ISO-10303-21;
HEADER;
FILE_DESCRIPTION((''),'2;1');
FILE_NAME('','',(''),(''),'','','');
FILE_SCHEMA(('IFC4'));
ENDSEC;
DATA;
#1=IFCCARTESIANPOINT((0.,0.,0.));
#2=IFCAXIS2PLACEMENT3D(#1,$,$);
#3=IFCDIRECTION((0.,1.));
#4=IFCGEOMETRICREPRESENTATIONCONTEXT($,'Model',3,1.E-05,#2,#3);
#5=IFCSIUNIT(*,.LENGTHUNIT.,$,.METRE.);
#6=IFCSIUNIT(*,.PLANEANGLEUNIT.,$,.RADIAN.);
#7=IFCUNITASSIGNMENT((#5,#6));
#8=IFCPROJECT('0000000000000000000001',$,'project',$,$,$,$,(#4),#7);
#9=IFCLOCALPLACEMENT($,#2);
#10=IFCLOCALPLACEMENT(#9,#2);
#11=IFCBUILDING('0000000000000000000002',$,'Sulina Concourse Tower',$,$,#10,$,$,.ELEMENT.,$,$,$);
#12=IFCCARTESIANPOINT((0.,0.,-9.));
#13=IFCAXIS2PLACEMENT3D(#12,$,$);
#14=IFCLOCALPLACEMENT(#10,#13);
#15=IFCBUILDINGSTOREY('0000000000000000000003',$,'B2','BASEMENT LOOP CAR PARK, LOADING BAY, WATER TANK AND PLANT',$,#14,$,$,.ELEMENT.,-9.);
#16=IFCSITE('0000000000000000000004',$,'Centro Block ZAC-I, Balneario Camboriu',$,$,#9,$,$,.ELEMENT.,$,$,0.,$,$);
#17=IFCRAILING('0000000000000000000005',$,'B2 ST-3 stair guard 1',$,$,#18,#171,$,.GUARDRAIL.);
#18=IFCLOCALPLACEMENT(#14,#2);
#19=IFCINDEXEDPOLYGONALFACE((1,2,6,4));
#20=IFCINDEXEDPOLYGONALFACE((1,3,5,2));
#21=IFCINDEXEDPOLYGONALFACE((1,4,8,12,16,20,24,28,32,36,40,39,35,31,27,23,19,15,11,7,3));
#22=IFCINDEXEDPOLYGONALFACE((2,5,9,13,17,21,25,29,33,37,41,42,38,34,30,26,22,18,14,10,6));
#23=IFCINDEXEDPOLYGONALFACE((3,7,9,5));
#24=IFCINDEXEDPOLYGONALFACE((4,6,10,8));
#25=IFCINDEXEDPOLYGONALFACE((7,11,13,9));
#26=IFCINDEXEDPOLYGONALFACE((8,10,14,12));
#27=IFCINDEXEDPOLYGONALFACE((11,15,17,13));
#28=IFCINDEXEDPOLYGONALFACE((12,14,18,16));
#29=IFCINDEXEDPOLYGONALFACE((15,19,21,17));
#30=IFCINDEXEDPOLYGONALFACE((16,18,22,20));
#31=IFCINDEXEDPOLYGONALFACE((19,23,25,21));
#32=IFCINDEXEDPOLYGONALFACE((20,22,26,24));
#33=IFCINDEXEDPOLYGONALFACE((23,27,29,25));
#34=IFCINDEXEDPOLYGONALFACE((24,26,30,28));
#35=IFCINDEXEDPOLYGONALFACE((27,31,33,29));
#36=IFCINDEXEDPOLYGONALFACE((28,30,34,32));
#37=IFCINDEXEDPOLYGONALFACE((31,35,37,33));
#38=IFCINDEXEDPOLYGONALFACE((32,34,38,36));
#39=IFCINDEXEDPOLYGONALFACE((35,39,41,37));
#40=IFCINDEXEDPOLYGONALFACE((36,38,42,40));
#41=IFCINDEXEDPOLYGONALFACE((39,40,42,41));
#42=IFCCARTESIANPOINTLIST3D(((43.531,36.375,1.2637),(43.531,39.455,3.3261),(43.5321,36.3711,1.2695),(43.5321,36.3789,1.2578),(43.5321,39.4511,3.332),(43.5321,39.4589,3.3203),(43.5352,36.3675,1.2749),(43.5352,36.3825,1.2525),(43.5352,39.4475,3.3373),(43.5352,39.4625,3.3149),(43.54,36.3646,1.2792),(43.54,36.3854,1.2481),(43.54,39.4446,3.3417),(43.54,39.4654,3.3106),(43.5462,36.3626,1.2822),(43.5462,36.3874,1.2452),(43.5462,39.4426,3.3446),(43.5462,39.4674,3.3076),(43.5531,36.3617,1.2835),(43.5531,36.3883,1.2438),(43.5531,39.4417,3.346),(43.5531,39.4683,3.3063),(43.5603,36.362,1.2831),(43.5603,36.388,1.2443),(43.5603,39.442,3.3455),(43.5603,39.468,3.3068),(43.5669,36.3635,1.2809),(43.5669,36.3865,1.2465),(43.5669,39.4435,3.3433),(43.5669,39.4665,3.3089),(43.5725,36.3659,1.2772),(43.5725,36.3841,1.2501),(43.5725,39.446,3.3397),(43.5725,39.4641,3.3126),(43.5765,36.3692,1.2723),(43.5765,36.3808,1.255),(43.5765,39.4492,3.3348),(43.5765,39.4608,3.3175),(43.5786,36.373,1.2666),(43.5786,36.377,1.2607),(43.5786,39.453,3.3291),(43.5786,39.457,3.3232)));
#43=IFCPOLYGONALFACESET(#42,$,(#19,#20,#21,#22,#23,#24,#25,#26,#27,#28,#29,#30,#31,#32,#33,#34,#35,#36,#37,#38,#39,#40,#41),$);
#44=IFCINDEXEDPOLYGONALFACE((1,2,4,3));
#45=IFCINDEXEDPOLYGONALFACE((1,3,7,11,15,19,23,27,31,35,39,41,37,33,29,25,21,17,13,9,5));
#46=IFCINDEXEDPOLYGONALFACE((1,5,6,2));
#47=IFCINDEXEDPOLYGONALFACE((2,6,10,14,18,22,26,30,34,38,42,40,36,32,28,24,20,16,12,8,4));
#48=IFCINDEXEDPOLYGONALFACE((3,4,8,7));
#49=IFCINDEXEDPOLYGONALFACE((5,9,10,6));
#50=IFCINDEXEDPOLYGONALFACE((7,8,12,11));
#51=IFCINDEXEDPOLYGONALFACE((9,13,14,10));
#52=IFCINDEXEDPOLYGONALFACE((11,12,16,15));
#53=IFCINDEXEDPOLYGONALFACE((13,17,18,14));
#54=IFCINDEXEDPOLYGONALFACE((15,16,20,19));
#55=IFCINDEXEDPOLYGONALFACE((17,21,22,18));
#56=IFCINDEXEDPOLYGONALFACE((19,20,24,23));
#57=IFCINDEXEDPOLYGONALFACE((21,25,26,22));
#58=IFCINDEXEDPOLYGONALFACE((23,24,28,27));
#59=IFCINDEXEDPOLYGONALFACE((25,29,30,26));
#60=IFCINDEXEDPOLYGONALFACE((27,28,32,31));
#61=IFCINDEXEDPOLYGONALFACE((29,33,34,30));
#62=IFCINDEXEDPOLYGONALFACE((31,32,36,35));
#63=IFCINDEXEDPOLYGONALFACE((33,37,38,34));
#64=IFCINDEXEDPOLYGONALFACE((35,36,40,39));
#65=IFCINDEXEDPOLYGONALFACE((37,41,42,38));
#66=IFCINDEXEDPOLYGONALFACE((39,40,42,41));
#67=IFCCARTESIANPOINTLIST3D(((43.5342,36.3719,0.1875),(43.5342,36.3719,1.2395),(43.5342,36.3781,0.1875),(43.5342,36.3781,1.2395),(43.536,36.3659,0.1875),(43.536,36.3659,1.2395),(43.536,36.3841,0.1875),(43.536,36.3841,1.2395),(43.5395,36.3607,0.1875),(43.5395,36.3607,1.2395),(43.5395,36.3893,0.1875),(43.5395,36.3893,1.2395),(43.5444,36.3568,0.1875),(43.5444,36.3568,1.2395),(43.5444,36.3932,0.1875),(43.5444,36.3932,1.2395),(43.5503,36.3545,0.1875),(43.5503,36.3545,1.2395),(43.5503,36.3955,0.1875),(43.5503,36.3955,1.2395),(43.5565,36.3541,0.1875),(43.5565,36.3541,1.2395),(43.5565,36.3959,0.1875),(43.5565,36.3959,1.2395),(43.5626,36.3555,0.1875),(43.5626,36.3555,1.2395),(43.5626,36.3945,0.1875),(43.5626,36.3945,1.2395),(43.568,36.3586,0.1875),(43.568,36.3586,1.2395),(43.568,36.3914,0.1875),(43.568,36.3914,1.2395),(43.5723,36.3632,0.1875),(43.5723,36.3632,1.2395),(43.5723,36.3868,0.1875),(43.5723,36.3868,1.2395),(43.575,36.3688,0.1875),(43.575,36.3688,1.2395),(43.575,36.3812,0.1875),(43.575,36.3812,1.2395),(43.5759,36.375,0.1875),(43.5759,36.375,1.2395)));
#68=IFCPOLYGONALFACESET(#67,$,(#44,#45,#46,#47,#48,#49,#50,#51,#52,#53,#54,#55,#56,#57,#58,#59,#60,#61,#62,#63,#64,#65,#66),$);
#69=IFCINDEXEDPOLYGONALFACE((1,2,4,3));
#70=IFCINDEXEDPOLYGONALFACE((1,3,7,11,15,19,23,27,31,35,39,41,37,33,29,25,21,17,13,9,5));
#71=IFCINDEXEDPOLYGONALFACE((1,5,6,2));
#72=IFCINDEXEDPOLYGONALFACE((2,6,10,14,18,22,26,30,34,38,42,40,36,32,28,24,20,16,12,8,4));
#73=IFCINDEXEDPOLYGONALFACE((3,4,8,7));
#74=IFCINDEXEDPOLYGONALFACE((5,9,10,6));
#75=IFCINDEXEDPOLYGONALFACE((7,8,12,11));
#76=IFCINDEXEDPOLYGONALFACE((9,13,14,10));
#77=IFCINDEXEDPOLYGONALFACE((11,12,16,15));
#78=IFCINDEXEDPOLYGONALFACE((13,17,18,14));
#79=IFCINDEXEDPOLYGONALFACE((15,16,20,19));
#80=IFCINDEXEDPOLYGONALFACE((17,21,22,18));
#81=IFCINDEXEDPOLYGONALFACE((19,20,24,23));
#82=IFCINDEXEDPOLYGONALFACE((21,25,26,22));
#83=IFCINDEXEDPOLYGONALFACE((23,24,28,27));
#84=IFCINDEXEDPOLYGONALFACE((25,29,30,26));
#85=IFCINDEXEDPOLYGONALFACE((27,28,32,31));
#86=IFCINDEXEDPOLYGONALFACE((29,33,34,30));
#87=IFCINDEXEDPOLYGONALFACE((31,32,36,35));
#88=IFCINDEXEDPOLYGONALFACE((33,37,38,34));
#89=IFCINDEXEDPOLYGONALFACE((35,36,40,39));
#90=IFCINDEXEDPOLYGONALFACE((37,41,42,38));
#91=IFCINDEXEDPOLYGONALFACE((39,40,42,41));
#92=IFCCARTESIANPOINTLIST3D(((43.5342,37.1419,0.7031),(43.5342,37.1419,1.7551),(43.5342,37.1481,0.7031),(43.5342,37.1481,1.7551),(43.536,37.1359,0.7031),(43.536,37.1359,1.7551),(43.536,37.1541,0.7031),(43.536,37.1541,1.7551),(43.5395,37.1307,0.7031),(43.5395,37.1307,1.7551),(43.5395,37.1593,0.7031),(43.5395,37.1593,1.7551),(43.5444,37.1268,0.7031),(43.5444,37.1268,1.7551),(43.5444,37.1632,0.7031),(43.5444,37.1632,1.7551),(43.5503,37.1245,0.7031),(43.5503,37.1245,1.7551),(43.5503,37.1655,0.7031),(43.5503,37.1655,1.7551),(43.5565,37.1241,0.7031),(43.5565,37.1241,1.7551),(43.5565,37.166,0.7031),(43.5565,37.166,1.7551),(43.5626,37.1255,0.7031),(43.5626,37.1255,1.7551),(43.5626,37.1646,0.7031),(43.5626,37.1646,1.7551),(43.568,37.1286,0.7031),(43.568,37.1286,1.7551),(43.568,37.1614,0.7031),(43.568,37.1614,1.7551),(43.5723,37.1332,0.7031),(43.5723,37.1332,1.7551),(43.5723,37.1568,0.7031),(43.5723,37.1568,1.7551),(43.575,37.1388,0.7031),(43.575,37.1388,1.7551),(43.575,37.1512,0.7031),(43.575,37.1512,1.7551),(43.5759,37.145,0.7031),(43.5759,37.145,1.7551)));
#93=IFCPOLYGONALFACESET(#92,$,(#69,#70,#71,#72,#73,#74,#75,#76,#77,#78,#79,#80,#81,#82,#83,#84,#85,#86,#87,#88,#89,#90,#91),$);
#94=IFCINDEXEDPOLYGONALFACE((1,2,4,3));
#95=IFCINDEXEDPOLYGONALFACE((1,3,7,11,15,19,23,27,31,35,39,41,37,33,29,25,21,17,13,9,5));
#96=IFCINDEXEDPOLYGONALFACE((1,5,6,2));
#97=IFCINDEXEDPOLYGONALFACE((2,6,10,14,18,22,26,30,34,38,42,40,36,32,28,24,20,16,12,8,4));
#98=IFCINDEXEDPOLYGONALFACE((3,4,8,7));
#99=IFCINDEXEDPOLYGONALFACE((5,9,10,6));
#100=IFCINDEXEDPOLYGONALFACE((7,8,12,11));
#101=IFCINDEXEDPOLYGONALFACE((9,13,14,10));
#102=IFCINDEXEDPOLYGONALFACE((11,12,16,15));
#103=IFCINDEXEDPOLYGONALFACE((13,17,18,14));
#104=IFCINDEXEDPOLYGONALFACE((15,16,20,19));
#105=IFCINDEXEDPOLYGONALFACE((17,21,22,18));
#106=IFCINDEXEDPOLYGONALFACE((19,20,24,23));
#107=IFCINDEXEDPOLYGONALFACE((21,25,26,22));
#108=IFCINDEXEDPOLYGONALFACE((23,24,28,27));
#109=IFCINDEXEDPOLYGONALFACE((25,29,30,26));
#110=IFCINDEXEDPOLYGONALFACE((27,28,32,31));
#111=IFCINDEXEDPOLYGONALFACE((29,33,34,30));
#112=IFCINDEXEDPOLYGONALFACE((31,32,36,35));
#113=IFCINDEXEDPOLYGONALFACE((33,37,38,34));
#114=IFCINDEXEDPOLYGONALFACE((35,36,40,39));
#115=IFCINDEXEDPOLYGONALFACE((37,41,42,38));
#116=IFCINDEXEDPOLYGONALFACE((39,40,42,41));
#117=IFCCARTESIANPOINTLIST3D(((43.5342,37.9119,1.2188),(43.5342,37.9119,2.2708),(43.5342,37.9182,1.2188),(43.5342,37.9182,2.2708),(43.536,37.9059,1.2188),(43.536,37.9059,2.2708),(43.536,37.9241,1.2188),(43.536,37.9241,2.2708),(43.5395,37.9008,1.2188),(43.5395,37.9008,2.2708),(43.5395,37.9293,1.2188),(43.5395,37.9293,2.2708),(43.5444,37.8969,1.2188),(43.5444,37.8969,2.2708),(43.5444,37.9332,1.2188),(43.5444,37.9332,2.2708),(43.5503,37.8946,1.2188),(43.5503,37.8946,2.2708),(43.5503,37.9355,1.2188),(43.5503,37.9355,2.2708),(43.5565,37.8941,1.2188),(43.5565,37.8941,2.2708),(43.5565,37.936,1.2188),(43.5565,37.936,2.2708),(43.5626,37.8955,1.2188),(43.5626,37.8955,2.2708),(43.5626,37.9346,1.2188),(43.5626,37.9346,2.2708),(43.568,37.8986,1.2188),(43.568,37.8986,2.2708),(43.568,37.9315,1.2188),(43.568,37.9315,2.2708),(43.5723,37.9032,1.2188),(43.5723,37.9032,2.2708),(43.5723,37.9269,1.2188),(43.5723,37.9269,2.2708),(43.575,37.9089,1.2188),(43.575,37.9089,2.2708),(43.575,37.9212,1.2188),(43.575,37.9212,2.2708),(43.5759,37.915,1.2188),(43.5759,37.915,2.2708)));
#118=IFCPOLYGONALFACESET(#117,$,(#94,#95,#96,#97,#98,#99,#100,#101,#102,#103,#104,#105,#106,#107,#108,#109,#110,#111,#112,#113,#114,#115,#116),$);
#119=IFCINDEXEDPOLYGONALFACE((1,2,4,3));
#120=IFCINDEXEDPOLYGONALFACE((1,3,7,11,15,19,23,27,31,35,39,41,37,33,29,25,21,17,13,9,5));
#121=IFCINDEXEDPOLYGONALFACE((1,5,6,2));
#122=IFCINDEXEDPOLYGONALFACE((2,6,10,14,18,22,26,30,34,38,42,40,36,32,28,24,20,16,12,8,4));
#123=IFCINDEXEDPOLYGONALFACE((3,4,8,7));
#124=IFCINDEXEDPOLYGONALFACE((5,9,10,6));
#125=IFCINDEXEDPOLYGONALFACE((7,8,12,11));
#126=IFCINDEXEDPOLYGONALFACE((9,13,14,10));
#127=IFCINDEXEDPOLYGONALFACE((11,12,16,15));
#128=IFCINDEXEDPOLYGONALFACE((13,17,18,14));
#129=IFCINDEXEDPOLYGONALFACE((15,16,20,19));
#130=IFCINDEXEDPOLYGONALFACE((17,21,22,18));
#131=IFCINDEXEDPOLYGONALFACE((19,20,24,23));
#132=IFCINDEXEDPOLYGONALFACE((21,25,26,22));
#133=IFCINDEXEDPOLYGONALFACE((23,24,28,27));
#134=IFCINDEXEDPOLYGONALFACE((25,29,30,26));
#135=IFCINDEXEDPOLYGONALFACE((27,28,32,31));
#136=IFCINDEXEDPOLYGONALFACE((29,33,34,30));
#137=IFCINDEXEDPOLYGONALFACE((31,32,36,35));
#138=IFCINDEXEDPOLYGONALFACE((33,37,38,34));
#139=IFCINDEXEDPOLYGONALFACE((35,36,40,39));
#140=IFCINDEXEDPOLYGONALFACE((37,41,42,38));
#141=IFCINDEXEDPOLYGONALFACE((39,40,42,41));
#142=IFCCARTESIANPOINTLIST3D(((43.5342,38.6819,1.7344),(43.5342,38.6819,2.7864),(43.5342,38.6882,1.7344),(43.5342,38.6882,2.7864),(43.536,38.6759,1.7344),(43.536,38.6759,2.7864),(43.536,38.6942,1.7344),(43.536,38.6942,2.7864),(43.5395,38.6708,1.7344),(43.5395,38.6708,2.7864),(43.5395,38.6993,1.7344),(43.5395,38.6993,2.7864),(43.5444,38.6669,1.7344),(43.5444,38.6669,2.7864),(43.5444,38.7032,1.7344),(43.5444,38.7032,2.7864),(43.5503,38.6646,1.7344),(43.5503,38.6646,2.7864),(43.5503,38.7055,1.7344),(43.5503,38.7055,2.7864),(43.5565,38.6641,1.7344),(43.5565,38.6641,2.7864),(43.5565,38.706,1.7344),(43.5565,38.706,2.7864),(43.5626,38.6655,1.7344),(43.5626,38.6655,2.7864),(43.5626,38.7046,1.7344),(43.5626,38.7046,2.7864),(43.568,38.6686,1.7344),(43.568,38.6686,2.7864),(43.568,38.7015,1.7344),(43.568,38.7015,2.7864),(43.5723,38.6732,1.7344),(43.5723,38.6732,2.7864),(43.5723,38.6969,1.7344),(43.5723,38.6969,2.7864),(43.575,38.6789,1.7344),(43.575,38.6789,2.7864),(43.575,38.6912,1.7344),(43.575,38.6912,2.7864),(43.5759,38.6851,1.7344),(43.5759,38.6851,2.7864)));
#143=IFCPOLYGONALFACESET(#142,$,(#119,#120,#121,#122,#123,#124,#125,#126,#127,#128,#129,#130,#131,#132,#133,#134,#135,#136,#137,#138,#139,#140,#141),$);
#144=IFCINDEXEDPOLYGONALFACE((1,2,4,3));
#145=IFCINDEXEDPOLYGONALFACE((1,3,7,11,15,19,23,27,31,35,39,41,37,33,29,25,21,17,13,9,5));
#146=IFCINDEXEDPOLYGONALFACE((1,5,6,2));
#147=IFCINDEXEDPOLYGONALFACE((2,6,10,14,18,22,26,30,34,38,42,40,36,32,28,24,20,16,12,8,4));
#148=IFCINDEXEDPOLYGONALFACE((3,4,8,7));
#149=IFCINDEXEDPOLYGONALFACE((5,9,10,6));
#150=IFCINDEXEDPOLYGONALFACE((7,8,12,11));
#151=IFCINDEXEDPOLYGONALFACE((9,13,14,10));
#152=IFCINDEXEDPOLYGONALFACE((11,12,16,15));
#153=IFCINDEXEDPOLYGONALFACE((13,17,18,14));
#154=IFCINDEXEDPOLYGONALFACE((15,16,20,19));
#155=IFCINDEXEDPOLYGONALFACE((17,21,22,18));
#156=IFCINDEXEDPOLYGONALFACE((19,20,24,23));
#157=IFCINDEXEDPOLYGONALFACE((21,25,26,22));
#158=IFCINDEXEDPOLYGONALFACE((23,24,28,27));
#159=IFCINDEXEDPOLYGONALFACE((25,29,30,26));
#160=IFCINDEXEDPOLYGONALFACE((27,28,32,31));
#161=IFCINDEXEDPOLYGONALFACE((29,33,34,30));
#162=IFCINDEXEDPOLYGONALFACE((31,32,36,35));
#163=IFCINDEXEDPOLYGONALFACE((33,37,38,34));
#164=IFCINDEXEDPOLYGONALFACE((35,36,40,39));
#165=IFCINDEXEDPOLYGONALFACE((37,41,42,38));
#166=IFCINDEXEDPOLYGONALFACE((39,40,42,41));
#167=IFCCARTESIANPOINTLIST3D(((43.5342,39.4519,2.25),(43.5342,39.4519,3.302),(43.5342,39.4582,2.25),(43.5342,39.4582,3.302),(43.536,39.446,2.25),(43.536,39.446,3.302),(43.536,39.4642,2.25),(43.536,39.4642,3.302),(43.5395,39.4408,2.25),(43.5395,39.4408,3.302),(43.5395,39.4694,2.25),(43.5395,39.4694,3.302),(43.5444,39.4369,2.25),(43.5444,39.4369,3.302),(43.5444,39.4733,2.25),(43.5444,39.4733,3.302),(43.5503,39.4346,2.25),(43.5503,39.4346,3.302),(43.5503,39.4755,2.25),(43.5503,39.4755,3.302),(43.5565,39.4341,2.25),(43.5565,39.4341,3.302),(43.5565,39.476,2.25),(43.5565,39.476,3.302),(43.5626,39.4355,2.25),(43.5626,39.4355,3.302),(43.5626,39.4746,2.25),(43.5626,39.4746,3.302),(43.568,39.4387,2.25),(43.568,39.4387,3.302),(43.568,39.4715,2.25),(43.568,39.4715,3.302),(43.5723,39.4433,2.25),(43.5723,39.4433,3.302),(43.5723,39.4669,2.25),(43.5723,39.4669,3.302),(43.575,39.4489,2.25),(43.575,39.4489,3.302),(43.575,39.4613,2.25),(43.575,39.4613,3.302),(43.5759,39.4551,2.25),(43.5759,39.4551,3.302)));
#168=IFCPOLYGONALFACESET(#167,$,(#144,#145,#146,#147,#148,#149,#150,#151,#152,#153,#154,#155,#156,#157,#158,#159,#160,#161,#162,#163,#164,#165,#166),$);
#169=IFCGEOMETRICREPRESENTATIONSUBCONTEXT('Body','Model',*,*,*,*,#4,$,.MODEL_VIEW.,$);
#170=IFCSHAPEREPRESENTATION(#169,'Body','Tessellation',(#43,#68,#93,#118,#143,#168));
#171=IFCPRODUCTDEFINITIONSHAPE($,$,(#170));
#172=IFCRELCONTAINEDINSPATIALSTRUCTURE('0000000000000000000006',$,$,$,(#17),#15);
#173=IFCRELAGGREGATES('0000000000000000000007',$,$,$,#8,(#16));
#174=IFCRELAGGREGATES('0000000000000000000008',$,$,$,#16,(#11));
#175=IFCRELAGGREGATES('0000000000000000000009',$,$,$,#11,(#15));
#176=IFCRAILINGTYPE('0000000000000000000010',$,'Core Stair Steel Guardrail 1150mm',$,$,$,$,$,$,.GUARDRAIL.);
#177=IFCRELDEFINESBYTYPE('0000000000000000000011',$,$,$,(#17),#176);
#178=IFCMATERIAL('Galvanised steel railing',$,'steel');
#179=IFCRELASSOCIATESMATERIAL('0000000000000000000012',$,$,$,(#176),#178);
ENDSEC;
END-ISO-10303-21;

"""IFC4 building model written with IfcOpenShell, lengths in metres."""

from ifc_helpers import new_model, si_unit, direction, frame, origin, origin_2d, place, context, subcontext, project, spatial, circle, extrude, material, type_object, element, save


model = new_model("IFC4")

# Units and contexts
model_context = context("Model", 3, precision=1e-05, world=origin(), true_north=direction((0.0, 1.0)))
body_context = subcontext(model_context, "Body", "Model", "MODEL_VIEW")
ifc_project = project(units=[si_unit("LENGTHUNIT", "METRE"), si_unit("PLANEANGLEUNIT", "RADIAN")], contexts=[model_context])

# Site, building, storey
site_placement = place(None, origin())
site = spatial("IfcSite", under=ifc_project, at=site_placement, Name="Centro Block ZAC-I, Balneario Camboriu", CompositionType="ELEMENT", RefElevation=0.0)
building_placement = place(site_placement, origin())
building = spatial("IfcBuilding", under=site, at=building_placement, Name="Sulina Concourse Tower", CompositionType="ELEMENT")
storey_placement = place(building_placement, frame((0.0, 0.0, -9.0)))
storey = spatial("IfcBuildingStorey", under=building, at=storey_placement, Name="B2", Description="BASEMENT LOOP CAR PARK, LOADING BAY, WATER TANK AND PLANT", CompositionType="ELEMENT", Elevation=-9.0)

# Railing
ifc_material_1 = material(Name="Galvanised steel railing", Category="steel")
railing_type_1 = type_object("IfcRailingType", Name="Core Stair Steel Guardrail 1150mm", PredefinedType="GUARDRAIL", material=ifc_material_1)
railing_1_placement = place(storey_placement, frame((43.5549, 36.375, 0.1875)))
element("IfcRailing", 1, at=railing_1_placement, inside=storey, type_object=railing_type_1, Name="B2 ST-3 stair guard 1", PredefinedType="GUARDRAIL", context=body_context, shape_type="SweptSolid", body=[
    extrude(circle(Radius=0.0239, at=origin_2d()), frame((0.0, 0.0, 1.0762), z_axis=(0.0, 0.830914, 0.556401), x_axis=(-1.0, 0.0, 0.0)), (0.0, 0.0, 1.0), 3.7068),
    extrude(circle(Radius=0.021, at=origin_2d()), origin(), (0.0, 0.0, 1.0), 1.052),
    extrude(circle(Radius=0.021, at=origin_2d()), frame((0.0, 0.77, 0.5156)), (0.0, 0.0, 1.0), 1.052),
    extrude(circle(Radius=0.021, at=origin_2d()), frame((0.0, 1.54, 1.0312)), (0.0, 0.0, 1.0), 1.052),
    extrude(circle(Radius=0.021, at=origin_2d()), frame((0.0, 2.3101, 1.5469)), (0.0, 0.0, 1.0), 1.052),
    extrude(circle(Radius=0.021, at=origin_2d()), frame((0.0, 3.0801, 2.0625)), (0.0, 0.0, 1.0), 1.052),
])

save(model, "model.ifc")
